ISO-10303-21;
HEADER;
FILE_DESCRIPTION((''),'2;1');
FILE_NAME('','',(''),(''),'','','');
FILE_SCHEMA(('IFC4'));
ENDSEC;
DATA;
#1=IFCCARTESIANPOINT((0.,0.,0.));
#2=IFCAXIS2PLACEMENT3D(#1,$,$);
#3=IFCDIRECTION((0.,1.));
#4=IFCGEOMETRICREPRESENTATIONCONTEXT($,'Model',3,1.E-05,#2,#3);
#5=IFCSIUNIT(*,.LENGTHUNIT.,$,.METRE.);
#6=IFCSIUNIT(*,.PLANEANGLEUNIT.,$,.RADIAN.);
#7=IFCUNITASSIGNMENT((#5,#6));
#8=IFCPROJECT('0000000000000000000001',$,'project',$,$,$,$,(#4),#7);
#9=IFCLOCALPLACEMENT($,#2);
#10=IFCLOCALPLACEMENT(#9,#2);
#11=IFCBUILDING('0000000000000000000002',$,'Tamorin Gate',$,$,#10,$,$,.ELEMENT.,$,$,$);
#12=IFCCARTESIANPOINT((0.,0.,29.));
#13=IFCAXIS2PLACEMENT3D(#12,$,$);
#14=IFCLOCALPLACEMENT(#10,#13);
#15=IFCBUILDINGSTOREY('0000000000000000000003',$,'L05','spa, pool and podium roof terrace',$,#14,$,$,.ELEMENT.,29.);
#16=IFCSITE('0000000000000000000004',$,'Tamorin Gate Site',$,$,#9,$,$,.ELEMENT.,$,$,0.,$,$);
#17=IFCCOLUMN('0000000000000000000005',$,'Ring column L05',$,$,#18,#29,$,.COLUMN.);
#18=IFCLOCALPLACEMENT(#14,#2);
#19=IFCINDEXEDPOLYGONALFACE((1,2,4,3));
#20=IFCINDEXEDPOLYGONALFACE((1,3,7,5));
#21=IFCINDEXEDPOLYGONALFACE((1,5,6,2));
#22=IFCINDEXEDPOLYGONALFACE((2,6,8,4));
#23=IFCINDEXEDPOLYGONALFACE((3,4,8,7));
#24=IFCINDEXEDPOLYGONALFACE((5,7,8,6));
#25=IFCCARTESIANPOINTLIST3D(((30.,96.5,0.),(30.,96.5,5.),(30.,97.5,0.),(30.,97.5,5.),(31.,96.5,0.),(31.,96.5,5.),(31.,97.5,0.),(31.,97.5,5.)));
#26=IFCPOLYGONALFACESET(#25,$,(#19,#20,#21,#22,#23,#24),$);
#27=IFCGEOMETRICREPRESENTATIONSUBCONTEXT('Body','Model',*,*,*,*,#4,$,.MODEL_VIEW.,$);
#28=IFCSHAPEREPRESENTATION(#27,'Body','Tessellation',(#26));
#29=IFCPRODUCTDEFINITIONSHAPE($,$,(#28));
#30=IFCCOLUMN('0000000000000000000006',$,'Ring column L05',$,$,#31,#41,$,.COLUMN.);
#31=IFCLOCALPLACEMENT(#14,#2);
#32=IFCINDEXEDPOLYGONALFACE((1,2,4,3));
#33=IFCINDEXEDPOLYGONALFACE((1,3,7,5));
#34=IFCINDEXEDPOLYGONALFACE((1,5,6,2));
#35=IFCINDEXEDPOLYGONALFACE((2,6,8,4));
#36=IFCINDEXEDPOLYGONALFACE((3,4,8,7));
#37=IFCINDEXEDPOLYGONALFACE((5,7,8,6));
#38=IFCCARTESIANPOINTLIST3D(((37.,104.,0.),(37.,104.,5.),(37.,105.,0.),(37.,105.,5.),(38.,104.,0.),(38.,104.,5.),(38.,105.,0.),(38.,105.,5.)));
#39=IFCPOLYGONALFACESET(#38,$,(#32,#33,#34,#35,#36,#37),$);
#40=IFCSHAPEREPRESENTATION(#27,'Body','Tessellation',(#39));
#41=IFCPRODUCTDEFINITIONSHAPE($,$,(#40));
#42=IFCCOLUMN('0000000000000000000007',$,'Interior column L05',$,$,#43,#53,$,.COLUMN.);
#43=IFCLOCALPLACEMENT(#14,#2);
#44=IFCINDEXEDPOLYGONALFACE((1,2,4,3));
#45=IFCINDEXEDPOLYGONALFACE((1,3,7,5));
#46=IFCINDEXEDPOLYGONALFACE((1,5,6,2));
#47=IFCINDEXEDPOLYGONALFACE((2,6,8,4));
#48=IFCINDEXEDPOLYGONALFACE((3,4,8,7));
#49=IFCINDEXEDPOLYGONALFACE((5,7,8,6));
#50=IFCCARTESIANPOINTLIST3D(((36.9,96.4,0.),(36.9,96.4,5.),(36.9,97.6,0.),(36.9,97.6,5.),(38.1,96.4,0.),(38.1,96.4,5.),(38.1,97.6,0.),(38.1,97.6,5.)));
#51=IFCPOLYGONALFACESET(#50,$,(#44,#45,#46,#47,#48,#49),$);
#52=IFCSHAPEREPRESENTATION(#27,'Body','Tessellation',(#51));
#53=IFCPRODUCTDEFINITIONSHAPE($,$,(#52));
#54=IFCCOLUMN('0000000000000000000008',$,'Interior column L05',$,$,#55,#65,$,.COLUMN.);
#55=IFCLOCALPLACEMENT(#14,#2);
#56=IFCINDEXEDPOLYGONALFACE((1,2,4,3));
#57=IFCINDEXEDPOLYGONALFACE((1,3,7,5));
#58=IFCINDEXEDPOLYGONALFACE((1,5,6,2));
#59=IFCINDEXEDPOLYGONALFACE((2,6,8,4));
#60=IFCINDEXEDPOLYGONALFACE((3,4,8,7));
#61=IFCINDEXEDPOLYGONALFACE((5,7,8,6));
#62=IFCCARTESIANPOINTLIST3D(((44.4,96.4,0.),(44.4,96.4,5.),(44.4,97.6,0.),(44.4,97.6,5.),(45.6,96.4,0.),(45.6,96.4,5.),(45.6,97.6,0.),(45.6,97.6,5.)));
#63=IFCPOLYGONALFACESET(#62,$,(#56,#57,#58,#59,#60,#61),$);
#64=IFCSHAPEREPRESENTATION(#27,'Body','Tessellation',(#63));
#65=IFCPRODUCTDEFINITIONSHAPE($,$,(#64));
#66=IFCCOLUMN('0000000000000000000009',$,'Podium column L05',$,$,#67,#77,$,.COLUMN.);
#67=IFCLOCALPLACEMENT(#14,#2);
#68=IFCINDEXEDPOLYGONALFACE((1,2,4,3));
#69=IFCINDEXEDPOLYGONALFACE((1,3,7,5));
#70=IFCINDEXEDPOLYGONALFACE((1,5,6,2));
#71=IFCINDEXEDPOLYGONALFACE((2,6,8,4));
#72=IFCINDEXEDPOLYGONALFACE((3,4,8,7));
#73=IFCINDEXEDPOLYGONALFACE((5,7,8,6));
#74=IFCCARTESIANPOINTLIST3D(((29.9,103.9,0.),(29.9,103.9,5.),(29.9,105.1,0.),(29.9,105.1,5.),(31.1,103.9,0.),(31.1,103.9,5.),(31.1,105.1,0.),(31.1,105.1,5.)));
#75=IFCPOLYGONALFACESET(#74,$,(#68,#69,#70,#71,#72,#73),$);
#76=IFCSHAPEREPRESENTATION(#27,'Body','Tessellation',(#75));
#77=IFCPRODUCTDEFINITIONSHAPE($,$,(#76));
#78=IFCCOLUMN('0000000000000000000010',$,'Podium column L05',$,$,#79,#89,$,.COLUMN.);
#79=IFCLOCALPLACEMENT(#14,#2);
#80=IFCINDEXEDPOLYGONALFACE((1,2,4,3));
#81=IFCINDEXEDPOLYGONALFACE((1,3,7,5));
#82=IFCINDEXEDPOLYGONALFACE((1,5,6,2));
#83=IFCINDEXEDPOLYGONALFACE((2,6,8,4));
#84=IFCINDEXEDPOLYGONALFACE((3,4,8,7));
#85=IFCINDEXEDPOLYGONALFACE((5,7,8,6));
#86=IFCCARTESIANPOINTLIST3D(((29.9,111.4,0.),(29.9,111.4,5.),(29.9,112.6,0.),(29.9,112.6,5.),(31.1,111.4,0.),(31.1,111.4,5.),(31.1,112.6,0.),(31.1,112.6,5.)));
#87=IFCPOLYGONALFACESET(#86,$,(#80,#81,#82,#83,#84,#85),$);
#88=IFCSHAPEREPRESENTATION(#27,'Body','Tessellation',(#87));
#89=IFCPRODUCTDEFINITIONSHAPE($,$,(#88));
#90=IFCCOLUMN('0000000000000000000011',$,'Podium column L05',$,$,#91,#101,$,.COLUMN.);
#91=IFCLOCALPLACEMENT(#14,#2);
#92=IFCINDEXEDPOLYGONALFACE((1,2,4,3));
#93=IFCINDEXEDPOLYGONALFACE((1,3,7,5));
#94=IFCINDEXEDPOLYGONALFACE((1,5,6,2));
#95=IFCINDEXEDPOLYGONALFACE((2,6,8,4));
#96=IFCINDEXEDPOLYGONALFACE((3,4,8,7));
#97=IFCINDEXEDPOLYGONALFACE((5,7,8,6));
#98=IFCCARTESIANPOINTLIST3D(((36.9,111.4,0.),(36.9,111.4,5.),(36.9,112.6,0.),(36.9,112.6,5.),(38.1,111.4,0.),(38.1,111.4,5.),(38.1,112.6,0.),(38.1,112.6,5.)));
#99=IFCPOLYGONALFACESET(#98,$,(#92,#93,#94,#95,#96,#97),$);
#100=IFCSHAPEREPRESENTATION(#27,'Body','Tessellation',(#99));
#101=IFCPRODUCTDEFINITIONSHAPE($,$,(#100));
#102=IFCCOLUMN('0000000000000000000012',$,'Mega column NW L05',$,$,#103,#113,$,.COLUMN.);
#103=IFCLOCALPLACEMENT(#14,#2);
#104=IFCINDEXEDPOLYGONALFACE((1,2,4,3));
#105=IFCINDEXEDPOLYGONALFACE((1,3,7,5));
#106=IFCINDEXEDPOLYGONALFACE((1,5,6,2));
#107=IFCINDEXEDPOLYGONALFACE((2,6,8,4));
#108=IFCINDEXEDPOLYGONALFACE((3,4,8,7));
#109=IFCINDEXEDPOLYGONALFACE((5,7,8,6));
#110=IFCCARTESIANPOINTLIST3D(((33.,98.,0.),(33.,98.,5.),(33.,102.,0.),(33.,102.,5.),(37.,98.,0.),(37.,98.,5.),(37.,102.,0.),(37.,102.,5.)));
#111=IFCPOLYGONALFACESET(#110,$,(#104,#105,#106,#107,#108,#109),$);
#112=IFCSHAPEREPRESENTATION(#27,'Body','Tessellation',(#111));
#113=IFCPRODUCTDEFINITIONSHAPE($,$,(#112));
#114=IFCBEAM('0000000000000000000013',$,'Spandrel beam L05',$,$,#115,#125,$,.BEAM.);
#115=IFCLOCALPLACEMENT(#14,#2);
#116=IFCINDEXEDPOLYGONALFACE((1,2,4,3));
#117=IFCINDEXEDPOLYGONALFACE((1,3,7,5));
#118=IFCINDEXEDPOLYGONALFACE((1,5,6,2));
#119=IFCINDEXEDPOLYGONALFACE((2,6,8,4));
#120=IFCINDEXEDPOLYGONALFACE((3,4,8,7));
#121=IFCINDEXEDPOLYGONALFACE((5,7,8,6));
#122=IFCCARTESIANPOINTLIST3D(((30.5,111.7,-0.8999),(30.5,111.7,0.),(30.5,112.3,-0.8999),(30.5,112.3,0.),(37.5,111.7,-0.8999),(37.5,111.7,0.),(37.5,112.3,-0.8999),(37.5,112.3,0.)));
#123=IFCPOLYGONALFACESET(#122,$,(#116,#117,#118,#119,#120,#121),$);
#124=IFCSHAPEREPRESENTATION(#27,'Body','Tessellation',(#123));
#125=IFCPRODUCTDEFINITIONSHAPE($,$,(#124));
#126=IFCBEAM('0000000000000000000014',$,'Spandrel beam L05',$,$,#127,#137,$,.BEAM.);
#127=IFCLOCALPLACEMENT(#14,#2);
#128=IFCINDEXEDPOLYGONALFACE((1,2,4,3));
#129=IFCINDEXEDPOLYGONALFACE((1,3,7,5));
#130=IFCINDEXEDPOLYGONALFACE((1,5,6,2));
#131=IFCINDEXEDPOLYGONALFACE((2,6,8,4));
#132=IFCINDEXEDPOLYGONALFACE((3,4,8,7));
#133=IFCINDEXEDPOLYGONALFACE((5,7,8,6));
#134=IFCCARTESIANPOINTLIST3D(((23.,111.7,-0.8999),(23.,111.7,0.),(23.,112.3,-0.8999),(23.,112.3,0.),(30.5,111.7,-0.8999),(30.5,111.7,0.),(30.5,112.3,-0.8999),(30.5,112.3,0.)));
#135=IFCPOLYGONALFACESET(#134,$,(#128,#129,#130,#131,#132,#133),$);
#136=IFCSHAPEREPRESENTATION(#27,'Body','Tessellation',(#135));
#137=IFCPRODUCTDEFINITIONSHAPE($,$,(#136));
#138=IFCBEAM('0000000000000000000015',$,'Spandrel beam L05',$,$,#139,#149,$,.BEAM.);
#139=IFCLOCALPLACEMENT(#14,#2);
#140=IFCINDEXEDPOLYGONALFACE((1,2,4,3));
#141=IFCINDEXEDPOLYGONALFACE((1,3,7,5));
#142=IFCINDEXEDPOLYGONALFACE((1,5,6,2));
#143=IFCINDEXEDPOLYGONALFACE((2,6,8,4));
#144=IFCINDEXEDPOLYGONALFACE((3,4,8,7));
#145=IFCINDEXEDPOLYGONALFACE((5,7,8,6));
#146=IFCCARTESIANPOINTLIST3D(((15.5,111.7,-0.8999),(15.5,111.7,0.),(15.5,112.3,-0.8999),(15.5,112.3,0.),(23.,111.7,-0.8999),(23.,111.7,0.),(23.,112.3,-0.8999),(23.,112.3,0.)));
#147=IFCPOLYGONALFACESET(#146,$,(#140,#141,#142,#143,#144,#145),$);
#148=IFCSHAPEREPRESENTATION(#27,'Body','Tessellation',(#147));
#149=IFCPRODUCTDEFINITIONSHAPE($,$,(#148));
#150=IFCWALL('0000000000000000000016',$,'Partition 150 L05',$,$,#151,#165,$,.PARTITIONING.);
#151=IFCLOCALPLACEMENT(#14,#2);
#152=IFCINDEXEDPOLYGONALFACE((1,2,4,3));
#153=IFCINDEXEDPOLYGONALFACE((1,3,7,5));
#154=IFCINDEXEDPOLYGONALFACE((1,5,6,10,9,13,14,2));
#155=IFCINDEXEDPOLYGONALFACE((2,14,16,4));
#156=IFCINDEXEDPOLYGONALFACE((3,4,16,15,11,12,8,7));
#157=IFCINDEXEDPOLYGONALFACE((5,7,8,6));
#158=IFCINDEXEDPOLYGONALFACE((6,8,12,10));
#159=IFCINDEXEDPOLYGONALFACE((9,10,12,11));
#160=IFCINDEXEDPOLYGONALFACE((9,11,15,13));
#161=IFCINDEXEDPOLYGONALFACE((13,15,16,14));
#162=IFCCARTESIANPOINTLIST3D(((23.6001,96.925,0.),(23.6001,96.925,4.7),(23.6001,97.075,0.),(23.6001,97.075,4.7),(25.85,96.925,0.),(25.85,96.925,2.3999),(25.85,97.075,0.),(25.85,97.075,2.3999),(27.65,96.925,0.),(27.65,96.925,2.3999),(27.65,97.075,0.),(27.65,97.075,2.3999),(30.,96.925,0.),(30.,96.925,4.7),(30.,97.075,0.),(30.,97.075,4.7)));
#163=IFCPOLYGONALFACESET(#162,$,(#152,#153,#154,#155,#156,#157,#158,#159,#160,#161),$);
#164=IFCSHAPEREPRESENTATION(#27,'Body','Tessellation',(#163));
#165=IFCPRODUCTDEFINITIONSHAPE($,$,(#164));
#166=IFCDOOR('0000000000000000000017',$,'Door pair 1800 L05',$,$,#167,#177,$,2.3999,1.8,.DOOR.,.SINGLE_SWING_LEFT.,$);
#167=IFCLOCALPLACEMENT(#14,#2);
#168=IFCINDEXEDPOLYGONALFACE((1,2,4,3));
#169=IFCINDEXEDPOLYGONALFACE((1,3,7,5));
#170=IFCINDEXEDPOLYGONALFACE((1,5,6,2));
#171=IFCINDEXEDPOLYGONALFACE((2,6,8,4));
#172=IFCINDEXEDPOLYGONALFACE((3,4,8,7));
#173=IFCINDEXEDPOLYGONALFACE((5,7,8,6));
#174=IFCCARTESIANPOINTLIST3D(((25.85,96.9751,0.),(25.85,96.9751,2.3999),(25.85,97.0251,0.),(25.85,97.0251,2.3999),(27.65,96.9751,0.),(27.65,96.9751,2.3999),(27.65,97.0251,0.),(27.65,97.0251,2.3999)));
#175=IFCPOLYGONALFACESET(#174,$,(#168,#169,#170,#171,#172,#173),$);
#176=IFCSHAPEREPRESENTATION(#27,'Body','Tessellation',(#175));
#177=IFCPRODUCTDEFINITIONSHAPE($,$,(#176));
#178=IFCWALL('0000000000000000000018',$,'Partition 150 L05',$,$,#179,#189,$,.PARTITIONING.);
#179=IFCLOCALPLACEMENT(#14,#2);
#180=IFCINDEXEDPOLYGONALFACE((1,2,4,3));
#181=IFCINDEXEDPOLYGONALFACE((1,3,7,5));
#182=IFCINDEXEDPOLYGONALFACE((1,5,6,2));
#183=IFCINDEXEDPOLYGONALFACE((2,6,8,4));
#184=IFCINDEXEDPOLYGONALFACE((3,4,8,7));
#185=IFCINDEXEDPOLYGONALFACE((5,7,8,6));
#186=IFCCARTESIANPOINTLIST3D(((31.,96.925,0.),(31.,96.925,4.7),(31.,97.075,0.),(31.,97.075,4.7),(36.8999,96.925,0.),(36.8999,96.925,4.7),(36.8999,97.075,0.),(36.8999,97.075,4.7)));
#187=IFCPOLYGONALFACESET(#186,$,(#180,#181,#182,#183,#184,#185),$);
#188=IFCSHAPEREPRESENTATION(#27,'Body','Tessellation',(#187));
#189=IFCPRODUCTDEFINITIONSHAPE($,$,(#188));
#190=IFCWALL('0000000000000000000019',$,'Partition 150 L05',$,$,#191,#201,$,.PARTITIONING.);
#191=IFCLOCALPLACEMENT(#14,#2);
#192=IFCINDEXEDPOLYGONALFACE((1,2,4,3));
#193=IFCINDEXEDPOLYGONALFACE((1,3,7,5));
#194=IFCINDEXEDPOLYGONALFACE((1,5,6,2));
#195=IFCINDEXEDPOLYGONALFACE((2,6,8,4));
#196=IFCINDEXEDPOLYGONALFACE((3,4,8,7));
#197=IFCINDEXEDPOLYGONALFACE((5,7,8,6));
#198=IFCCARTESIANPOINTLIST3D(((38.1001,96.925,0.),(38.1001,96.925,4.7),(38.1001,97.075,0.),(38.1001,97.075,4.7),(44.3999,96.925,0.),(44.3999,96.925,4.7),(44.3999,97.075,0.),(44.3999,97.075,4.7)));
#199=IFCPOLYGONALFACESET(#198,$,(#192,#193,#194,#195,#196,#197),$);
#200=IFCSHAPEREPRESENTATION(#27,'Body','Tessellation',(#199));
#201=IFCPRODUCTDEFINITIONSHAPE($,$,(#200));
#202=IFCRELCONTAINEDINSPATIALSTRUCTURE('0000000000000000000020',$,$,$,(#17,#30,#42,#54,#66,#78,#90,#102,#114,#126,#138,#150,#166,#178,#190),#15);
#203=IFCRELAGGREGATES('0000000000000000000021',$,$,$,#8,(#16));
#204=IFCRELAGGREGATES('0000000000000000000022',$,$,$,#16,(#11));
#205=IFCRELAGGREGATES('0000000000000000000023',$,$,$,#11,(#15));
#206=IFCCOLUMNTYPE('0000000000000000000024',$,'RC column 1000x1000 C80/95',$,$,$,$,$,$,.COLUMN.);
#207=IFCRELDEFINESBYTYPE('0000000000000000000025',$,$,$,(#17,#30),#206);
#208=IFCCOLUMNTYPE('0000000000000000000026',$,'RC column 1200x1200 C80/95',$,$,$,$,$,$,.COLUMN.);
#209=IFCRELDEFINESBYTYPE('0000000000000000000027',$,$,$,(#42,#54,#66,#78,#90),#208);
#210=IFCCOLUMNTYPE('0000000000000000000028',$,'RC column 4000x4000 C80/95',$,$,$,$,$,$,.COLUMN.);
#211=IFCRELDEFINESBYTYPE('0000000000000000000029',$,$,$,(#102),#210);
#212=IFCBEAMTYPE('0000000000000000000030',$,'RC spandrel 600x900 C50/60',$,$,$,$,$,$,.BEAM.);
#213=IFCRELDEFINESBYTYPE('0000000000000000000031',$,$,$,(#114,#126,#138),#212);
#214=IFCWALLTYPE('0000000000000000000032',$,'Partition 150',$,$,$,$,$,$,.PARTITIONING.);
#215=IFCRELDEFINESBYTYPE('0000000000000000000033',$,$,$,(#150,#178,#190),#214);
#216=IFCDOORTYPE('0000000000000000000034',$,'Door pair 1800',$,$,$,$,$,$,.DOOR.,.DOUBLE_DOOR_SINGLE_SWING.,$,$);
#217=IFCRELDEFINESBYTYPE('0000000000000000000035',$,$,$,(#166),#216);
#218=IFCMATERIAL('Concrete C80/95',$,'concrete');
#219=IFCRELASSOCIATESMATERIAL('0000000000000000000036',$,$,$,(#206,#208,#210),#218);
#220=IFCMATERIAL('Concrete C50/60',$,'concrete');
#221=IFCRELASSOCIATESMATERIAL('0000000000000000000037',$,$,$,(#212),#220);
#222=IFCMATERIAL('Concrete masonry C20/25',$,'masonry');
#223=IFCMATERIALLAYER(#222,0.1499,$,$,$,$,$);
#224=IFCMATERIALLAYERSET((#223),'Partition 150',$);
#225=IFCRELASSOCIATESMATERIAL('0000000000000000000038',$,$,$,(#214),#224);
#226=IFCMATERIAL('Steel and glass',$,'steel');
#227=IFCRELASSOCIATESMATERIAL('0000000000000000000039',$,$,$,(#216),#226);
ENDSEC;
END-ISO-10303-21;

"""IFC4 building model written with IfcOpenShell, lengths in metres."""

from ifc_helpers import new_model, si_unit, direction, frame, frame_2d, origin, origin_2d, place, context, subcontext, project, spatial, rectangle, extrude, material, layer, layer_set, material_profile, profile_set, type_object, element, fill, save


model = new_model("IFC4")

# Units and contexts
model_context = context("Model", 3, precision=1e-05, world=origin(), true_north=direction((0.0, 1.0)))
body_context = subcontext(model_context, "Body", "Model", "MODEL_VIEW")
ifc_project = project(units=[si_unit("LENGTHUNIT", "METRE"), si_unit("PLANEANGLEUNIT", "RADIAN")], contexts=[model_context])

# Site, building, storey
site_placement = place(None, origin())
site = spatial("IfcSite", under=ifc_project, at=site_placement, Name="Tamorin Gate Site", CompositionType="ELEMENT", RefElevation=0.0)
building_placement = place(site_placement, origin())
building = spatial("IfcBuilding", under=site, at=building_placement, Name="Tamorin Gate", CompositionType="ELEMENT")
storey_placement = place(building_placement, frame((0.0, 0.0, 29.0)))
storey = spatial("IfcBuildingStorey", under=building, at=storey_placement, Name="L05", Description="spa, pool and podium roof terrace", CompositionType="ELEMENT", Elevation=29.0)

# Columns
ifc_material_1 = material(Name="Concrete C80/95", Category="concrete")
ifc_material_profile_1 = material_profile(ifc_material_1, rectangle(XDim=1.0, YDim=1.0, at=origin_2d()), Name="RC 1000x1000")
ifc_profile_set_1 = profile_set([ifc_material_profile_1], Name="Concrete C80/95")
column_type_1 = type_object("IfcColumnType", Name="RC column 1000x1000 C80/95", PredefinedType="COLUMN", material=ifc_profile_set_1)
for number, where, z_axis, x_axis, name in (
    (1, (30.5, 97.0, 0.0), (0.0, 0.0, 1.0), (1.0, 0.0, 0.0), "Ring column L05"),
    (2, (37.5, 104.5, 0.0), (0.0, 0.0, 1.0), (1.0, 0.0, 0.0), "Ring column L05"),
):
    element("IfcColumn", number, at=place(storey_placement, frame(where, z_axis=z_axis, x_axis=x_axis)), inside=storey, type_object=column_type_1, Name=name, PredefinedType="COLUMN", context=body_context, shape_type="SweptSolid", body=[
        extrude(rectangle(XDim=1.0, YDim=1.0, at=origin_2d()), origin(), (0.0, 0.0, 1.0), 5.0),
    ])
ifc_material_profile_2 = material_profile(ifc_material_1, rectangle(XDim=1.2, YDim=1.2, at=origin_2d()), Name="RC 1200x1200")
ifc_profile_set_2 = profile_set([ifc_material_profile_2], Name="Concrete C80/95")
column_type_2 = type_object("IfcColumnType", Name="RC column 1200x1200 C80/95", PredefinedType="COLUMN", material=ifc_profile_set_2)
for number, where, z_axis, x_axis, name in (
    (3, (37.5, 97.0, 0.0), (0.0, 0.0, 1.0), (1.0, 0.0, 0.0), "Interior column L05"),
    (4, (45.0, 97.0, 0.0), (0.0, 0.0, 1.0), (1.0, 0.0, 0.0), "Interior column L05"),
    (5, (30.5, 104.5, 0.0), (0.0, 0.0, 1.0), (1.0, 0.0, 0.0), "Podium column L05"),
    (6, (30.5, 112.0, 0.0), (0.0, 0.0, 1.0), (1.0, 0.0, 0.0), "Podium column L05"),
    (7, (37.5, 112.0, 0.0), (0.0, 0.0, 1.0), (1.0, 0.0, 0.0), "Podium column L05"),
):
    element("IfcColumn", number, at=place(storey_placement, frame(where, z_axis=z_axis, x_axis=x_axis)), inside=storey, type_object=column_type_2, Name=name, PredefinedType="COLUMN", context=body_context, shape_type="SweptSolid", body=[
        extrude(rectangle(XDim=1.2, YDim=1.2, at=origin_2d()), origin(), (0.0, 0.0, 1.0), 5.0),
    ])
ifc_material_profile_3 = material_profile(ifc_material_1, rectangle(XDim=4.0, YDim=4.0, at=origin_2d()), Name="RC 4000x4000")
ifc_profile_set_3 = profile_set([ifc_material_profile_3], Name="Concrete C80/95")
column_type_3 = type_object("IfcColumnType", Name="RC column 4000x4000 C80/95", PredefinedType="COLUMN", material=ifc_profile_set_3)
column_placement = place(storey_placement, frame((35.0, 100.0, 0.0), z_axis=(0.0, 0.0, 1.0), x_axis=(1.0, 0.0, 0.0)))
element("IfcColumn", 8, at=column_placement, inside=storey, type_object=column_type_3, Name="Mega column NW L05", PredefinedType="COLUMN", context=body_context, shape_type="SweptSolid", body=[
    extrude(rectangle(XDim=4.0, YDim=4.0, at=origin_2d()), origin(), (0.0, 0.0, 1.0), 5.0),
])

# Beams
ifc_material_2 = material(Name="Concrete C50/60", Category="concrete")
ifc_material_profile_4 = material_profile(ifc_material_2, rectangle(XDim=0.6001, YDim=0.8999, at=origin_2d()), Name="RC 600x900")
ifc_profile_set_4 = profile_set([ifc_material_profile_4], Name="Concrete C50/60")
beam_type = type_object("IfcBeamType", Name="RC spandrel 600x900 C50/60", PredefinedType="BEAM", material=ifc_profile_set_4)
beam_placement = place(storey_placement, frame((37.5, 112.0, -0.45), z_axis=(-1.0, 0.0, 0.0), x_axis=(0.0, -1.0, 0.0)))
element("IfcBeam", 9, at=beam_placement, inside=storey, type_object=beam_type, Name="Spandrel beam L05", PredefinedType="BEAM", context=body_context, shape_type="SweptSolid", body=[
    extrude(rectangle(XDim=0.6001, YDim=0.8999, at=origin_2d()), origin(), (0.0, 0.0, 1.0), 7.0),
])
for number, where, z_axis, x_axis, name in (
    (10, (30.5, 112.0, -0.45), (-1.0, 0.0, 0.0), (0.0, -1.0, 0.0), "Spandrel beam L05"),
    (11, (23.0, 112.0, -0.45), (-1.0, 0.0, 0.0), (0.0, -1.0, 0.0), "Spandrel beam L05"),
):
    element("IfcBeam", number, at=place(storey_placement, frame(where, z_axis=z_axis, x_axis=x_axis)), inside=storey, type_object=beam_type, Name=name, PredefinedType="BEAM", context=body_context, shape_type="SweptSolid", body=[
        extrude(rectangle(XDim=0.6001, YDim=0.8999, at=origin_2d()), origin(), (0.0, 0.0, 1.0), 7.5),
    ])

# Wall, opening, door
ifc_material_3 = material(Name="Concrete masonry C20/25", Category="masonry")
ifc_layer_1 = layer(ifc_material_3, 0.1499)
ifc_layer_set_1 = layer_set([ifc_layer_1], Name="Partition 150")
wall_type_1 = type_object("IfcWallType", Name="Partition 150", PredefinedType="PARTITIONING", material=ifc_layer_set_1)
wall_1_placement = place(storey_placement, frame((30.0, 97.0, 0.0), z_axis=(0.0, 0.0, 1.0), x_axis=(-1.0, 0.0, 0.0)))
wall_1 = element("IfcWall", 12, at=wall_1_placement, inside=storey, type_object=wall_type_1, Name="Partition 150 L05", PredefinedType="PARTITIONING", context=body_context, shape_type="SweptSolid", body=[
    extrude(rectangle(XDim=6.3999, YDim=0.1499, at=frame_2d((3.2, 0.0))), origin(), (0.0, 0.0, 1.0), 4.7),
])
opening_1_placement = place(wall_1_placement, frame((2.3501, 0.0, 0.0)))
opening_1 = element("IfcOpeningElement", 13, at=opening_1_placement, cuts=wall_1, PredefinedType="OPENING", context=body_context, shape_type="SweptSolid", body=[
    extrude(rectangle(XDim=1.8, YDim=2.3999, at=frame_2d((0.8999, 1.2))), frame((0.0, 0.085, 0.0), z_axis=(0.0, -1.0, 0.0), x_axis=(1.0, 0.0, 0.0)), (0.0, 0.0, 1.0), 0.1699),
])
ifc_material_4 = material(Name="Steel and glass", Category="steel")
door_type = type_object("IfcDoorType", Name="Door pair 1800", OperationType="DOUBLE_DOOR_SINGLE_SWING", PredefinedType="DOOR", material=ifc_material_4)
door_placement = place(opening_1_placement, origin())
door = element("IfcDoor", 14, at=door_placement, inside=storey, type_object=door_type, Name="Door pair 1800 L05", OperationType="SINGLE_SWING_LEFT", OverallHeight=2.3999, OverallWidth=1.8, PredefinedType="DOOR", context=body_context, shape_type="SweptSolid", body=[
    extrude(rectangle(XDim=1.8, YDim=2.3999, at=frame_2d((0.8999, 1.2))), frame((0.0, 0.0249, 0.0), z_axis=(0.0, -1.0, 0.0), x_axis=(1.0, 0.0, 0.0)), (0.0, 0.0, 1.0), 0.05),
])
fill(opening_1, door)

# Walls
wall_2_placement = place(storey_placement, frame((31.0, 97.0, 0.0), z_axis=(0.0, 0.0, 1.0), x_axis=(1.0, 0.0, 0.0)))
element("IfcWall", 15, at=wall_2_placement, inside=storey, type_object=wall_type_1, Name="Partition 150 L05", PredefinedType="PARTITIONING", context=body_context, shape_type="SweptSolid", body=[
    extrude(rectangle(XDim=5.8999, YDim=0.1499, at=frame_2d((2.95, 0.0))), origin(), (0.0, 0.0, 1.0), 4.7),
])
wall_3_placement = place(storey_placement, frame((38.1001, 97.0, 0.0), z_axis=(0.0, 0.0, 1.0), x_axis=(1.0, 0.0, 0.0)))
element("IfcWall", 16, at=wall_3_placement, inside=storey, type_object=wall_type_1, Name="Partition 150 L05", PredefinedType="PARTITIONING", context=body_context, shape_type="SweptSolid", body=[
    extrude(rectangle(XDim=6.2998, YDim=0.1499, at=frame_2d((3.1499, 0.0))), origin(), (0.0, 0.0, 1.0), 4.7),
])

save(model, "model.ifc")
